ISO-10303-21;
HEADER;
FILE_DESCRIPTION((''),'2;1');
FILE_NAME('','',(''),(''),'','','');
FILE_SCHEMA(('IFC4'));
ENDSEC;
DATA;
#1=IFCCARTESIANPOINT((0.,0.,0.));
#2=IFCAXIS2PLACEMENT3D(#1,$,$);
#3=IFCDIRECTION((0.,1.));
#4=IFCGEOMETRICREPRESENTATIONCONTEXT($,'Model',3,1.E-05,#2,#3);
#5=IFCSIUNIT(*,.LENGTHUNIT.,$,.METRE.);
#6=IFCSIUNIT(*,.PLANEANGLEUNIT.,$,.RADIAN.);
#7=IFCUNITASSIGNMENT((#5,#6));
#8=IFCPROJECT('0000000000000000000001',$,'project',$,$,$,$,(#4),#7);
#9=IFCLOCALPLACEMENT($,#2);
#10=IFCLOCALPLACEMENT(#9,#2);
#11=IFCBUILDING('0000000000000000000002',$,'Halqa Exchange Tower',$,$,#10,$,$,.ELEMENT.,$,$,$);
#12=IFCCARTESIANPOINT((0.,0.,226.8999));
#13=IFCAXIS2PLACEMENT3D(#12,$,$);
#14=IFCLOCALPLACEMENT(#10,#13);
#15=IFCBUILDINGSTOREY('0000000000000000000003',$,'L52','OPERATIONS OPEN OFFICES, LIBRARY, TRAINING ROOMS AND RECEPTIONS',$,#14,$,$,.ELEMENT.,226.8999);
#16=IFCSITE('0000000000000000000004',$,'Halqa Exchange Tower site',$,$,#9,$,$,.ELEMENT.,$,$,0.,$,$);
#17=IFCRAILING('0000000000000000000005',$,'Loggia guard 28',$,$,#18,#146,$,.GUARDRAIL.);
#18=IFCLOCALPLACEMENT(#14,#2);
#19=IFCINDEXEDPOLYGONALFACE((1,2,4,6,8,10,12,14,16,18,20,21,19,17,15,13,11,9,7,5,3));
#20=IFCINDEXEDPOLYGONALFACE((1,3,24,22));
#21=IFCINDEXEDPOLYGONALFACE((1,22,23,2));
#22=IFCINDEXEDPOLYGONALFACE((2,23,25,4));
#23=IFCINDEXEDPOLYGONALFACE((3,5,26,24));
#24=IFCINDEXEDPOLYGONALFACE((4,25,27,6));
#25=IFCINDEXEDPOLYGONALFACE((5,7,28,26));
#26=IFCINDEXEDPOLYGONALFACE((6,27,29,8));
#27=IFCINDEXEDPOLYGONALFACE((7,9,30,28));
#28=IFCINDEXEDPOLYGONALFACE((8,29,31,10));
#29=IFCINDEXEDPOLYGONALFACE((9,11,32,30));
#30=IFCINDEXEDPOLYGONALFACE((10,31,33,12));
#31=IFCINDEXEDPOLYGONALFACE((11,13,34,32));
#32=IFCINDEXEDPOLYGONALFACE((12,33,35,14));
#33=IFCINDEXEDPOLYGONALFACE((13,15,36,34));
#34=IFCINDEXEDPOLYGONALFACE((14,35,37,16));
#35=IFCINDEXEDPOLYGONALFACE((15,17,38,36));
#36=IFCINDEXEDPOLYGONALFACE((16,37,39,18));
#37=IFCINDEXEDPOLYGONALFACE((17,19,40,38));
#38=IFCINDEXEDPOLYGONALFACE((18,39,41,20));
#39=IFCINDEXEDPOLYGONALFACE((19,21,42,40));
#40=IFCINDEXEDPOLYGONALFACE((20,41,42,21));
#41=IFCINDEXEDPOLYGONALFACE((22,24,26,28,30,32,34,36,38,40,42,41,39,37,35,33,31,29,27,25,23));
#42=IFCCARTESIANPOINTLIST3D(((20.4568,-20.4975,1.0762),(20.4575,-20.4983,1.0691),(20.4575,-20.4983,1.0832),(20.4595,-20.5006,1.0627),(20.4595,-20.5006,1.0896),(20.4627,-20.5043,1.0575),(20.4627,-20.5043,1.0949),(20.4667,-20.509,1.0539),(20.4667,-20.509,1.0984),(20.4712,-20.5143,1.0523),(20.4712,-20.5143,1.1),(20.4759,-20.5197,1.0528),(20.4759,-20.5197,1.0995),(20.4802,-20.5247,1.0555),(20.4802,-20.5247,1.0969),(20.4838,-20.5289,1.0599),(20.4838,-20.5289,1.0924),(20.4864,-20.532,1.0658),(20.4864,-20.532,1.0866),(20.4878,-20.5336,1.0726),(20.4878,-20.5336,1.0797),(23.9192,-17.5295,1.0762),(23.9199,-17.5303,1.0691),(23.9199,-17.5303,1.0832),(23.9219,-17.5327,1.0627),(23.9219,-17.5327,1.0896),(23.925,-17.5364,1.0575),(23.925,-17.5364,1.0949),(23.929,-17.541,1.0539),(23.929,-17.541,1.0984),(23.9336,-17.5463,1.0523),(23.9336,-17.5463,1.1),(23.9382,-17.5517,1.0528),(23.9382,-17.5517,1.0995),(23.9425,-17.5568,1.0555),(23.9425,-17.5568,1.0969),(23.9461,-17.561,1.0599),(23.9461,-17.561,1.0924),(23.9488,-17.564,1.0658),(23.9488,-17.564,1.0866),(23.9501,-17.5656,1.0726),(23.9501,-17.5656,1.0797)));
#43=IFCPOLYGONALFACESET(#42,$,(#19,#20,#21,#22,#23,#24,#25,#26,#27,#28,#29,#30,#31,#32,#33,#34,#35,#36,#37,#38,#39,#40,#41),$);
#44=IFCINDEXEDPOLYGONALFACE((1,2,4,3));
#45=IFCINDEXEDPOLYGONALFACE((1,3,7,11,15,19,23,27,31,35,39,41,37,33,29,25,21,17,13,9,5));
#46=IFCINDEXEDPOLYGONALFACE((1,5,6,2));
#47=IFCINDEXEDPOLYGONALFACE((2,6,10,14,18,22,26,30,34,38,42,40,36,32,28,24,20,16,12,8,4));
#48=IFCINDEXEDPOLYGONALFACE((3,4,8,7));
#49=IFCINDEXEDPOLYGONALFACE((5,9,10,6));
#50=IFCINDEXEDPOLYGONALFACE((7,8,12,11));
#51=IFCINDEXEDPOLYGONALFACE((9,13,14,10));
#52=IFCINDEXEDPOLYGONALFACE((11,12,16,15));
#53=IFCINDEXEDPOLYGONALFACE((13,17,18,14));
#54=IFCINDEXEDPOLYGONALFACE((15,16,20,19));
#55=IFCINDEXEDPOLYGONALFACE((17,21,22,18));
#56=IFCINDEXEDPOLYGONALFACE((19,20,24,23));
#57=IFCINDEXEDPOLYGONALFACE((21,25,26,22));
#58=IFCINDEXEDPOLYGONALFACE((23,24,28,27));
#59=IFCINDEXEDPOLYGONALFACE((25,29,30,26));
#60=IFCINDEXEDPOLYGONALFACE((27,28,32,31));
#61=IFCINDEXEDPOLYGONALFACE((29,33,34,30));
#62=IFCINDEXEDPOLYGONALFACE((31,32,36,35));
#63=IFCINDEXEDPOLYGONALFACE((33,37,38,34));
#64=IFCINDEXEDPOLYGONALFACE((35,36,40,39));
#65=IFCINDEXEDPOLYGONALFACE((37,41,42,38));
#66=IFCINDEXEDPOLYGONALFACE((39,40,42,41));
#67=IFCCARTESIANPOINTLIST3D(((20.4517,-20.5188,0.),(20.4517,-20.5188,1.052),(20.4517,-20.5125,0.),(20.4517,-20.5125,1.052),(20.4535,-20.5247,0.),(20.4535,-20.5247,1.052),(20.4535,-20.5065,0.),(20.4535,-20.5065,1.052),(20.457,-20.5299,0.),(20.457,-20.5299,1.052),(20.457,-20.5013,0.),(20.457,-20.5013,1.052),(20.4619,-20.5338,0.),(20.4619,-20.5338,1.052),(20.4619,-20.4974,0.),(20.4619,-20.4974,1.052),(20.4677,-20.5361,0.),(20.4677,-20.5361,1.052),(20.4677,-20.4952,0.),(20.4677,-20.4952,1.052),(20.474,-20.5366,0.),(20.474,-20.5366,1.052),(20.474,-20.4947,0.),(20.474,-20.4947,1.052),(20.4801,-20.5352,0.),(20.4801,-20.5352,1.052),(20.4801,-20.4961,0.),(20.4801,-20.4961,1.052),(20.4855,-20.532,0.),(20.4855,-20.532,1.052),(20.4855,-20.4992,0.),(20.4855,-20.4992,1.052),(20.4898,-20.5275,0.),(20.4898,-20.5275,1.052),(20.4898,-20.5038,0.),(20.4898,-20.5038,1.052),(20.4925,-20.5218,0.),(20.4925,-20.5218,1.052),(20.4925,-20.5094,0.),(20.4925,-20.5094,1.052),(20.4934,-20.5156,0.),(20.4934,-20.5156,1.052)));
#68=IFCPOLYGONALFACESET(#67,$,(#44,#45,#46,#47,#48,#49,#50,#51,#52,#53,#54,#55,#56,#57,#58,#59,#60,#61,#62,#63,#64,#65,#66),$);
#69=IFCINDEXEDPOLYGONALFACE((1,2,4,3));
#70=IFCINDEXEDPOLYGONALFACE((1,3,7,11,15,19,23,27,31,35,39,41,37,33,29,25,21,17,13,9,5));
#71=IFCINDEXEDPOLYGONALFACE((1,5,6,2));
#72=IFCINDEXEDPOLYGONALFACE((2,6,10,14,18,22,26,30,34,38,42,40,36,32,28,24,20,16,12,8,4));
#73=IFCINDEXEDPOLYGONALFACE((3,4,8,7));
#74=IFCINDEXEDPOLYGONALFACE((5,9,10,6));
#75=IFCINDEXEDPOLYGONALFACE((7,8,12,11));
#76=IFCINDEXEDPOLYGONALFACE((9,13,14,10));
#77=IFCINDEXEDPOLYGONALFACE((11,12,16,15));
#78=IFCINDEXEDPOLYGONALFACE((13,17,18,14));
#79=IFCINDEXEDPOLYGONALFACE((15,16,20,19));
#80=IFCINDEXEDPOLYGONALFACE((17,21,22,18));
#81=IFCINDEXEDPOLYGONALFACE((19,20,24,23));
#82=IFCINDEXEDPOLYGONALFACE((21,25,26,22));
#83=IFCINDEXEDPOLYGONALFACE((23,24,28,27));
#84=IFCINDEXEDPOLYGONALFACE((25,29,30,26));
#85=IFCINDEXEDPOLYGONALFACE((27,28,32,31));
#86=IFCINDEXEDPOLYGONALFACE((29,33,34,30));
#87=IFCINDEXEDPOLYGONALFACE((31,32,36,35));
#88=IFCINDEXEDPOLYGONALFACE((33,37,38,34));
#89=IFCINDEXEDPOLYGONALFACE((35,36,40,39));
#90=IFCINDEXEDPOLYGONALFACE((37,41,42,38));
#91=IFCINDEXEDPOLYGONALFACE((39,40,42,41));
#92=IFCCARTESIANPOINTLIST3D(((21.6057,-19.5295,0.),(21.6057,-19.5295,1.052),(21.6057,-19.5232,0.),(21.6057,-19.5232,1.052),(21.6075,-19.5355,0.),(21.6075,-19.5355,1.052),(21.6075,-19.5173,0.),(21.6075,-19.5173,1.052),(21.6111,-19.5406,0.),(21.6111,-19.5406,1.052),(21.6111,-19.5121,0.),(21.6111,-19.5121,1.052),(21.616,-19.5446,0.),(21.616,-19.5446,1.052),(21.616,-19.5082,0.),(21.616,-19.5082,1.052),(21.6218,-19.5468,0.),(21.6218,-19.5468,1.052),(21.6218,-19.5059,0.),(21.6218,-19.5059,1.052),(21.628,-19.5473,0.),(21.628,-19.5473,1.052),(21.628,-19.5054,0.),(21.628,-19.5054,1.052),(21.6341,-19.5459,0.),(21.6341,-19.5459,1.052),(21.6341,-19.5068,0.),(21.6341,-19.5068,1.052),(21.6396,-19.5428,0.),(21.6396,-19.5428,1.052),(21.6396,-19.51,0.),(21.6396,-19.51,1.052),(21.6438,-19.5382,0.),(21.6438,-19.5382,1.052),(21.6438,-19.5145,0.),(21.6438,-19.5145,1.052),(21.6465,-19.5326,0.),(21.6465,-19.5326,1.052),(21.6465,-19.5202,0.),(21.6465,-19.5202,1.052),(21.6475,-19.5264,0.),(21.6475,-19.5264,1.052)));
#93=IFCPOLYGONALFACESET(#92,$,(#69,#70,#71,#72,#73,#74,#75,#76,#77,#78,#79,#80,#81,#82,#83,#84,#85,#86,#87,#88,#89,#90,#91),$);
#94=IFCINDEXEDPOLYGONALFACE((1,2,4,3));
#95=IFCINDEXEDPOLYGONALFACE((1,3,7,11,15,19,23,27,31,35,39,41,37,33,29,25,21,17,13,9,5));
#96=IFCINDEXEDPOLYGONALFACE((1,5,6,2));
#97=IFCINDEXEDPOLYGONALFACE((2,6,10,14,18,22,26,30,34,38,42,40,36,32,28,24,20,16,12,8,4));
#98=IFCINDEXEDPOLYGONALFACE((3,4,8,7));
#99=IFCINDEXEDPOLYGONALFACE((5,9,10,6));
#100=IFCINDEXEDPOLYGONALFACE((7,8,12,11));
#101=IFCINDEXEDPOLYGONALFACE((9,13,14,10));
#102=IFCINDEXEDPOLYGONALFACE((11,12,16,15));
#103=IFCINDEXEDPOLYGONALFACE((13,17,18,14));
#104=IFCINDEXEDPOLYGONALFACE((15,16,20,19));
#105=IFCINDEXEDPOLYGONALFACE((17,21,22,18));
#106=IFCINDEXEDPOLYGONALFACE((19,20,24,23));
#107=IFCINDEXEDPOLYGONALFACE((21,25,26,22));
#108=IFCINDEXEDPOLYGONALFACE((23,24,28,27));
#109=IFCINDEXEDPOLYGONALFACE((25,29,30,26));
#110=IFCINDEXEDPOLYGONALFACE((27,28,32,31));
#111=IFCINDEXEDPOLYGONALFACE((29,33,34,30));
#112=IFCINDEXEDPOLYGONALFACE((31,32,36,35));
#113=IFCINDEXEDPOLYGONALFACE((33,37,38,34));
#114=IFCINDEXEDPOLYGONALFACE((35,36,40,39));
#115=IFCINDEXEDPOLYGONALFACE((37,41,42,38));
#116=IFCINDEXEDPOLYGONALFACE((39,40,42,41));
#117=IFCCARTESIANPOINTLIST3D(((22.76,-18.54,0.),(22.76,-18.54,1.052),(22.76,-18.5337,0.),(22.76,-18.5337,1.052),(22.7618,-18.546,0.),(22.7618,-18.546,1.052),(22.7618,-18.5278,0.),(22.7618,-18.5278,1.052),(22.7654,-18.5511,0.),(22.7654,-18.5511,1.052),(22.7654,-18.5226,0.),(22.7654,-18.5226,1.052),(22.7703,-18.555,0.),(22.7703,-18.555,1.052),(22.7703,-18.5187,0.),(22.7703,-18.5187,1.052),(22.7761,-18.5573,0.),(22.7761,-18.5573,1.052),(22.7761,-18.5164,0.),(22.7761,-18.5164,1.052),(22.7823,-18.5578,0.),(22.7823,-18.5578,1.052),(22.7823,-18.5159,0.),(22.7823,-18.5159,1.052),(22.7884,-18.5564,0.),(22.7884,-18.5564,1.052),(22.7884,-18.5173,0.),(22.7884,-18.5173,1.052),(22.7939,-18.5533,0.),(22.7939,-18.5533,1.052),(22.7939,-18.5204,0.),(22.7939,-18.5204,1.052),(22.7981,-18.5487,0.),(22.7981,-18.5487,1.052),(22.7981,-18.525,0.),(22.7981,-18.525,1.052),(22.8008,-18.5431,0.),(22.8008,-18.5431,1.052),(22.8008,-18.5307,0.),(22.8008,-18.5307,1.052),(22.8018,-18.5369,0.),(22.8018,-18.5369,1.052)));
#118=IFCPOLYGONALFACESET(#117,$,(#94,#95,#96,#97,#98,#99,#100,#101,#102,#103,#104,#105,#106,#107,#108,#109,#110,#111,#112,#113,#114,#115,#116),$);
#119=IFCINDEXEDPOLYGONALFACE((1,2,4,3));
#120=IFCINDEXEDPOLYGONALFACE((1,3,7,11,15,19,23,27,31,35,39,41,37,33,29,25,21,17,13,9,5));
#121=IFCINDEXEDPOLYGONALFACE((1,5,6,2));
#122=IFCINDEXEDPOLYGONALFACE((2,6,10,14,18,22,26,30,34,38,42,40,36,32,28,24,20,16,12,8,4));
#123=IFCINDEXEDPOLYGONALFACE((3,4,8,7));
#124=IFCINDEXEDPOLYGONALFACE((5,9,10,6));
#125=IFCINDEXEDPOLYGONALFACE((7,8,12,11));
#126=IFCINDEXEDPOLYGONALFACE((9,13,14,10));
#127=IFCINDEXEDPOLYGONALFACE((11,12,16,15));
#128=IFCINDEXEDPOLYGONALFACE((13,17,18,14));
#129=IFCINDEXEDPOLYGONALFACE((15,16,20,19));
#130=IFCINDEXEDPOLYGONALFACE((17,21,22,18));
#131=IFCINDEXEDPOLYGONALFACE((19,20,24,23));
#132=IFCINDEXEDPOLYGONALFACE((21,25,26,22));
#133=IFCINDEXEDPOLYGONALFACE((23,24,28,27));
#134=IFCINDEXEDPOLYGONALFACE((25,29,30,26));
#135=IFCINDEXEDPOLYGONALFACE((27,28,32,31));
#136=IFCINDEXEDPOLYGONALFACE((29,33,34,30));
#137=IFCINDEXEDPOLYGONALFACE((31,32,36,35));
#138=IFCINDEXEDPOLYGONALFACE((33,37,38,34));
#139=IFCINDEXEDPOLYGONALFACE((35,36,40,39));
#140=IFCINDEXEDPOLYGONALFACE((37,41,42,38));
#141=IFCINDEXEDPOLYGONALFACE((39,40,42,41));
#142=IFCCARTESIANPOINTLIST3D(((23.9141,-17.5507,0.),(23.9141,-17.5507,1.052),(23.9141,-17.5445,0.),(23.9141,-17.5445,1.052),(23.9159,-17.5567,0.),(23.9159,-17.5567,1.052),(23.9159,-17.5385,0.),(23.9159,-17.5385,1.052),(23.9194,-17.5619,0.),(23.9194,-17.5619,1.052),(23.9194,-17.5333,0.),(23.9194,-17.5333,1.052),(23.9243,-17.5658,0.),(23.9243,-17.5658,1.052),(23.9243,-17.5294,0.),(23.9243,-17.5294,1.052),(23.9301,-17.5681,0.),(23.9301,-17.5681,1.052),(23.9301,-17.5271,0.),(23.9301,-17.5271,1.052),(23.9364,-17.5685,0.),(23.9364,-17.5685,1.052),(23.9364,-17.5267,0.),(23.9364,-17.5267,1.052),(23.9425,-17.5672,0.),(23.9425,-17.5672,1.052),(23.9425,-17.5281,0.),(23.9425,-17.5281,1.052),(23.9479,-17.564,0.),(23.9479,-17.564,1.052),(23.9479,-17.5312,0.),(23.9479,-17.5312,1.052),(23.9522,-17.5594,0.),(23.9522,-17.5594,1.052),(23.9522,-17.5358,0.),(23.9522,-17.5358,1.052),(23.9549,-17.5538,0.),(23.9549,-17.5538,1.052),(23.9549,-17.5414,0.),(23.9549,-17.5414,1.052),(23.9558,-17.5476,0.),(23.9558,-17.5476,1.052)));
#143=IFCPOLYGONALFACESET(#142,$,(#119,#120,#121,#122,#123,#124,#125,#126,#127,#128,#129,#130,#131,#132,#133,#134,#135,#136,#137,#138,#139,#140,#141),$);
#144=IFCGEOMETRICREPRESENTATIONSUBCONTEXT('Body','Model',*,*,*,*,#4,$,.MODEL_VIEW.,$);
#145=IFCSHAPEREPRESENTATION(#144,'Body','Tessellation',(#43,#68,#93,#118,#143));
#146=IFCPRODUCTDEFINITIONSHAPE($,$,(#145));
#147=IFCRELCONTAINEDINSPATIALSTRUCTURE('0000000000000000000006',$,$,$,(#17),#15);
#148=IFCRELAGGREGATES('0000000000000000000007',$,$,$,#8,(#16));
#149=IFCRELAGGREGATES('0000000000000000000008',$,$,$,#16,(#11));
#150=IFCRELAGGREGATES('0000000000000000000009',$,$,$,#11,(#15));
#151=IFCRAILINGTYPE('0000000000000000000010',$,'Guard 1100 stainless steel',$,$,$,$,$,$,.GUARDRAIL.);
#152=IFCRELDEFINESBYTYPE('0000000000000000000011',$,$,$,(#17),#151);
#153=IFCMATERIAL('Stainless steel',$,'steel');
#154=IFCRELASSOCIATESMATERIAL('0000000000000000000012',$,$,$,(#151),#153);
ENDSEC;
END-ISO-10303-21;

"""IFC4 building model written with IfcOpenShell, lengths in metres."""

from ifc_helpers import new_model, si_unit, direction, frame, origin, origin_2d, place, context, subcontext, project, spatial, circle, extrude, material, type_object, element, save


model = new_model("IFC4")

# Units and contexts
model_context = context("Model", 3, precision=1e-05, world=origin(), true_north=direction((0.0, 1.0)))
body_context = subcontext(model_context, "Body", "Model", "MODEL_VIEW")
ifc_project = project(units=[si_unit("LENGTHUNIT", "METRE"), si_unit("PLANEANGLEUNIT", "RADIAN")], contexts=[model_context])

# Site, building, storey
site_placement = place(None, origin())
site = spatial("IfcSite", under=ifc_project, at=site_placement, Name="Halqa Exchange Tower site", CompositionType="ELEMENT", RefElevation=0.0)
building_placement = place(site_placement, origin())
building = spatial("IfcBuilding", under=site, at=building_placement, Name="Halqa Exchange Tower", CompositionType="ELEMENT")
storey_placement = place(building_placement, frame((0.0, 0.0, 226.8999)))
storey = spatial("IfcBuildingStorey", under=building, at=storey_placement, Name="L52", Description="OPERATIONS OPEN OFFICES, LIBRARY, TRAINING ROOMS AND RECEPTIONS", CompositionType="ELEMENT", Elevation=226.8999)

# Railing
ifc_material_1 = material(Name="Stainless steel", Category="steel")
railing_type = type_object("IfcRailingType", Name="Guard 1100 stainless steel", PredefinedType="GUARDRAIL", material=ifc_material_1)
railing_1_placement = place(storey_placement, frame((20.4724, -20.5156, 0.0)))
element("IfcRailing", 1, at=railing_1_placement, inside=storey, type_object=railing_type, Name="Loggia guard 28", PredefinedType="GUARDRAIL", context=body_context, shape_type="SweptSolid", body=[
    extrude(circle(Radius=0.0239, at=origin_2d()), frame((0.0, 0.0, 1.0762), z_axis=(0.75923, 0.650822, 0.0), x_axis=(-0.650822, 0.75923, 0.0)), (0.0, 0.0, 1.0), 4.5603),
    extrude(circle(Radius=0.021, at=origin_2d()), origin(), (0.0, 0.0, 1.0), 1.052),
    extrude(circle(Radius=0.021, at=origin_2d()), frame((1.1541, 0.9893, 0.0)), (0.0, 0.0, 1.0), 1.052),
    extrude(circle(Radius=0.021, at=origin_2d()), frame((2.3083, 1.9788, 0.0)), (0.0, 0.0, 1.0), 1.052),
    extrude(circle(Radius=0.021, at=origin_2d()), frame((3.4624, 2.968, 0.0)), (0.0, 0.0, 1.0), 1.052),
])

save(model, "model.ifc")
